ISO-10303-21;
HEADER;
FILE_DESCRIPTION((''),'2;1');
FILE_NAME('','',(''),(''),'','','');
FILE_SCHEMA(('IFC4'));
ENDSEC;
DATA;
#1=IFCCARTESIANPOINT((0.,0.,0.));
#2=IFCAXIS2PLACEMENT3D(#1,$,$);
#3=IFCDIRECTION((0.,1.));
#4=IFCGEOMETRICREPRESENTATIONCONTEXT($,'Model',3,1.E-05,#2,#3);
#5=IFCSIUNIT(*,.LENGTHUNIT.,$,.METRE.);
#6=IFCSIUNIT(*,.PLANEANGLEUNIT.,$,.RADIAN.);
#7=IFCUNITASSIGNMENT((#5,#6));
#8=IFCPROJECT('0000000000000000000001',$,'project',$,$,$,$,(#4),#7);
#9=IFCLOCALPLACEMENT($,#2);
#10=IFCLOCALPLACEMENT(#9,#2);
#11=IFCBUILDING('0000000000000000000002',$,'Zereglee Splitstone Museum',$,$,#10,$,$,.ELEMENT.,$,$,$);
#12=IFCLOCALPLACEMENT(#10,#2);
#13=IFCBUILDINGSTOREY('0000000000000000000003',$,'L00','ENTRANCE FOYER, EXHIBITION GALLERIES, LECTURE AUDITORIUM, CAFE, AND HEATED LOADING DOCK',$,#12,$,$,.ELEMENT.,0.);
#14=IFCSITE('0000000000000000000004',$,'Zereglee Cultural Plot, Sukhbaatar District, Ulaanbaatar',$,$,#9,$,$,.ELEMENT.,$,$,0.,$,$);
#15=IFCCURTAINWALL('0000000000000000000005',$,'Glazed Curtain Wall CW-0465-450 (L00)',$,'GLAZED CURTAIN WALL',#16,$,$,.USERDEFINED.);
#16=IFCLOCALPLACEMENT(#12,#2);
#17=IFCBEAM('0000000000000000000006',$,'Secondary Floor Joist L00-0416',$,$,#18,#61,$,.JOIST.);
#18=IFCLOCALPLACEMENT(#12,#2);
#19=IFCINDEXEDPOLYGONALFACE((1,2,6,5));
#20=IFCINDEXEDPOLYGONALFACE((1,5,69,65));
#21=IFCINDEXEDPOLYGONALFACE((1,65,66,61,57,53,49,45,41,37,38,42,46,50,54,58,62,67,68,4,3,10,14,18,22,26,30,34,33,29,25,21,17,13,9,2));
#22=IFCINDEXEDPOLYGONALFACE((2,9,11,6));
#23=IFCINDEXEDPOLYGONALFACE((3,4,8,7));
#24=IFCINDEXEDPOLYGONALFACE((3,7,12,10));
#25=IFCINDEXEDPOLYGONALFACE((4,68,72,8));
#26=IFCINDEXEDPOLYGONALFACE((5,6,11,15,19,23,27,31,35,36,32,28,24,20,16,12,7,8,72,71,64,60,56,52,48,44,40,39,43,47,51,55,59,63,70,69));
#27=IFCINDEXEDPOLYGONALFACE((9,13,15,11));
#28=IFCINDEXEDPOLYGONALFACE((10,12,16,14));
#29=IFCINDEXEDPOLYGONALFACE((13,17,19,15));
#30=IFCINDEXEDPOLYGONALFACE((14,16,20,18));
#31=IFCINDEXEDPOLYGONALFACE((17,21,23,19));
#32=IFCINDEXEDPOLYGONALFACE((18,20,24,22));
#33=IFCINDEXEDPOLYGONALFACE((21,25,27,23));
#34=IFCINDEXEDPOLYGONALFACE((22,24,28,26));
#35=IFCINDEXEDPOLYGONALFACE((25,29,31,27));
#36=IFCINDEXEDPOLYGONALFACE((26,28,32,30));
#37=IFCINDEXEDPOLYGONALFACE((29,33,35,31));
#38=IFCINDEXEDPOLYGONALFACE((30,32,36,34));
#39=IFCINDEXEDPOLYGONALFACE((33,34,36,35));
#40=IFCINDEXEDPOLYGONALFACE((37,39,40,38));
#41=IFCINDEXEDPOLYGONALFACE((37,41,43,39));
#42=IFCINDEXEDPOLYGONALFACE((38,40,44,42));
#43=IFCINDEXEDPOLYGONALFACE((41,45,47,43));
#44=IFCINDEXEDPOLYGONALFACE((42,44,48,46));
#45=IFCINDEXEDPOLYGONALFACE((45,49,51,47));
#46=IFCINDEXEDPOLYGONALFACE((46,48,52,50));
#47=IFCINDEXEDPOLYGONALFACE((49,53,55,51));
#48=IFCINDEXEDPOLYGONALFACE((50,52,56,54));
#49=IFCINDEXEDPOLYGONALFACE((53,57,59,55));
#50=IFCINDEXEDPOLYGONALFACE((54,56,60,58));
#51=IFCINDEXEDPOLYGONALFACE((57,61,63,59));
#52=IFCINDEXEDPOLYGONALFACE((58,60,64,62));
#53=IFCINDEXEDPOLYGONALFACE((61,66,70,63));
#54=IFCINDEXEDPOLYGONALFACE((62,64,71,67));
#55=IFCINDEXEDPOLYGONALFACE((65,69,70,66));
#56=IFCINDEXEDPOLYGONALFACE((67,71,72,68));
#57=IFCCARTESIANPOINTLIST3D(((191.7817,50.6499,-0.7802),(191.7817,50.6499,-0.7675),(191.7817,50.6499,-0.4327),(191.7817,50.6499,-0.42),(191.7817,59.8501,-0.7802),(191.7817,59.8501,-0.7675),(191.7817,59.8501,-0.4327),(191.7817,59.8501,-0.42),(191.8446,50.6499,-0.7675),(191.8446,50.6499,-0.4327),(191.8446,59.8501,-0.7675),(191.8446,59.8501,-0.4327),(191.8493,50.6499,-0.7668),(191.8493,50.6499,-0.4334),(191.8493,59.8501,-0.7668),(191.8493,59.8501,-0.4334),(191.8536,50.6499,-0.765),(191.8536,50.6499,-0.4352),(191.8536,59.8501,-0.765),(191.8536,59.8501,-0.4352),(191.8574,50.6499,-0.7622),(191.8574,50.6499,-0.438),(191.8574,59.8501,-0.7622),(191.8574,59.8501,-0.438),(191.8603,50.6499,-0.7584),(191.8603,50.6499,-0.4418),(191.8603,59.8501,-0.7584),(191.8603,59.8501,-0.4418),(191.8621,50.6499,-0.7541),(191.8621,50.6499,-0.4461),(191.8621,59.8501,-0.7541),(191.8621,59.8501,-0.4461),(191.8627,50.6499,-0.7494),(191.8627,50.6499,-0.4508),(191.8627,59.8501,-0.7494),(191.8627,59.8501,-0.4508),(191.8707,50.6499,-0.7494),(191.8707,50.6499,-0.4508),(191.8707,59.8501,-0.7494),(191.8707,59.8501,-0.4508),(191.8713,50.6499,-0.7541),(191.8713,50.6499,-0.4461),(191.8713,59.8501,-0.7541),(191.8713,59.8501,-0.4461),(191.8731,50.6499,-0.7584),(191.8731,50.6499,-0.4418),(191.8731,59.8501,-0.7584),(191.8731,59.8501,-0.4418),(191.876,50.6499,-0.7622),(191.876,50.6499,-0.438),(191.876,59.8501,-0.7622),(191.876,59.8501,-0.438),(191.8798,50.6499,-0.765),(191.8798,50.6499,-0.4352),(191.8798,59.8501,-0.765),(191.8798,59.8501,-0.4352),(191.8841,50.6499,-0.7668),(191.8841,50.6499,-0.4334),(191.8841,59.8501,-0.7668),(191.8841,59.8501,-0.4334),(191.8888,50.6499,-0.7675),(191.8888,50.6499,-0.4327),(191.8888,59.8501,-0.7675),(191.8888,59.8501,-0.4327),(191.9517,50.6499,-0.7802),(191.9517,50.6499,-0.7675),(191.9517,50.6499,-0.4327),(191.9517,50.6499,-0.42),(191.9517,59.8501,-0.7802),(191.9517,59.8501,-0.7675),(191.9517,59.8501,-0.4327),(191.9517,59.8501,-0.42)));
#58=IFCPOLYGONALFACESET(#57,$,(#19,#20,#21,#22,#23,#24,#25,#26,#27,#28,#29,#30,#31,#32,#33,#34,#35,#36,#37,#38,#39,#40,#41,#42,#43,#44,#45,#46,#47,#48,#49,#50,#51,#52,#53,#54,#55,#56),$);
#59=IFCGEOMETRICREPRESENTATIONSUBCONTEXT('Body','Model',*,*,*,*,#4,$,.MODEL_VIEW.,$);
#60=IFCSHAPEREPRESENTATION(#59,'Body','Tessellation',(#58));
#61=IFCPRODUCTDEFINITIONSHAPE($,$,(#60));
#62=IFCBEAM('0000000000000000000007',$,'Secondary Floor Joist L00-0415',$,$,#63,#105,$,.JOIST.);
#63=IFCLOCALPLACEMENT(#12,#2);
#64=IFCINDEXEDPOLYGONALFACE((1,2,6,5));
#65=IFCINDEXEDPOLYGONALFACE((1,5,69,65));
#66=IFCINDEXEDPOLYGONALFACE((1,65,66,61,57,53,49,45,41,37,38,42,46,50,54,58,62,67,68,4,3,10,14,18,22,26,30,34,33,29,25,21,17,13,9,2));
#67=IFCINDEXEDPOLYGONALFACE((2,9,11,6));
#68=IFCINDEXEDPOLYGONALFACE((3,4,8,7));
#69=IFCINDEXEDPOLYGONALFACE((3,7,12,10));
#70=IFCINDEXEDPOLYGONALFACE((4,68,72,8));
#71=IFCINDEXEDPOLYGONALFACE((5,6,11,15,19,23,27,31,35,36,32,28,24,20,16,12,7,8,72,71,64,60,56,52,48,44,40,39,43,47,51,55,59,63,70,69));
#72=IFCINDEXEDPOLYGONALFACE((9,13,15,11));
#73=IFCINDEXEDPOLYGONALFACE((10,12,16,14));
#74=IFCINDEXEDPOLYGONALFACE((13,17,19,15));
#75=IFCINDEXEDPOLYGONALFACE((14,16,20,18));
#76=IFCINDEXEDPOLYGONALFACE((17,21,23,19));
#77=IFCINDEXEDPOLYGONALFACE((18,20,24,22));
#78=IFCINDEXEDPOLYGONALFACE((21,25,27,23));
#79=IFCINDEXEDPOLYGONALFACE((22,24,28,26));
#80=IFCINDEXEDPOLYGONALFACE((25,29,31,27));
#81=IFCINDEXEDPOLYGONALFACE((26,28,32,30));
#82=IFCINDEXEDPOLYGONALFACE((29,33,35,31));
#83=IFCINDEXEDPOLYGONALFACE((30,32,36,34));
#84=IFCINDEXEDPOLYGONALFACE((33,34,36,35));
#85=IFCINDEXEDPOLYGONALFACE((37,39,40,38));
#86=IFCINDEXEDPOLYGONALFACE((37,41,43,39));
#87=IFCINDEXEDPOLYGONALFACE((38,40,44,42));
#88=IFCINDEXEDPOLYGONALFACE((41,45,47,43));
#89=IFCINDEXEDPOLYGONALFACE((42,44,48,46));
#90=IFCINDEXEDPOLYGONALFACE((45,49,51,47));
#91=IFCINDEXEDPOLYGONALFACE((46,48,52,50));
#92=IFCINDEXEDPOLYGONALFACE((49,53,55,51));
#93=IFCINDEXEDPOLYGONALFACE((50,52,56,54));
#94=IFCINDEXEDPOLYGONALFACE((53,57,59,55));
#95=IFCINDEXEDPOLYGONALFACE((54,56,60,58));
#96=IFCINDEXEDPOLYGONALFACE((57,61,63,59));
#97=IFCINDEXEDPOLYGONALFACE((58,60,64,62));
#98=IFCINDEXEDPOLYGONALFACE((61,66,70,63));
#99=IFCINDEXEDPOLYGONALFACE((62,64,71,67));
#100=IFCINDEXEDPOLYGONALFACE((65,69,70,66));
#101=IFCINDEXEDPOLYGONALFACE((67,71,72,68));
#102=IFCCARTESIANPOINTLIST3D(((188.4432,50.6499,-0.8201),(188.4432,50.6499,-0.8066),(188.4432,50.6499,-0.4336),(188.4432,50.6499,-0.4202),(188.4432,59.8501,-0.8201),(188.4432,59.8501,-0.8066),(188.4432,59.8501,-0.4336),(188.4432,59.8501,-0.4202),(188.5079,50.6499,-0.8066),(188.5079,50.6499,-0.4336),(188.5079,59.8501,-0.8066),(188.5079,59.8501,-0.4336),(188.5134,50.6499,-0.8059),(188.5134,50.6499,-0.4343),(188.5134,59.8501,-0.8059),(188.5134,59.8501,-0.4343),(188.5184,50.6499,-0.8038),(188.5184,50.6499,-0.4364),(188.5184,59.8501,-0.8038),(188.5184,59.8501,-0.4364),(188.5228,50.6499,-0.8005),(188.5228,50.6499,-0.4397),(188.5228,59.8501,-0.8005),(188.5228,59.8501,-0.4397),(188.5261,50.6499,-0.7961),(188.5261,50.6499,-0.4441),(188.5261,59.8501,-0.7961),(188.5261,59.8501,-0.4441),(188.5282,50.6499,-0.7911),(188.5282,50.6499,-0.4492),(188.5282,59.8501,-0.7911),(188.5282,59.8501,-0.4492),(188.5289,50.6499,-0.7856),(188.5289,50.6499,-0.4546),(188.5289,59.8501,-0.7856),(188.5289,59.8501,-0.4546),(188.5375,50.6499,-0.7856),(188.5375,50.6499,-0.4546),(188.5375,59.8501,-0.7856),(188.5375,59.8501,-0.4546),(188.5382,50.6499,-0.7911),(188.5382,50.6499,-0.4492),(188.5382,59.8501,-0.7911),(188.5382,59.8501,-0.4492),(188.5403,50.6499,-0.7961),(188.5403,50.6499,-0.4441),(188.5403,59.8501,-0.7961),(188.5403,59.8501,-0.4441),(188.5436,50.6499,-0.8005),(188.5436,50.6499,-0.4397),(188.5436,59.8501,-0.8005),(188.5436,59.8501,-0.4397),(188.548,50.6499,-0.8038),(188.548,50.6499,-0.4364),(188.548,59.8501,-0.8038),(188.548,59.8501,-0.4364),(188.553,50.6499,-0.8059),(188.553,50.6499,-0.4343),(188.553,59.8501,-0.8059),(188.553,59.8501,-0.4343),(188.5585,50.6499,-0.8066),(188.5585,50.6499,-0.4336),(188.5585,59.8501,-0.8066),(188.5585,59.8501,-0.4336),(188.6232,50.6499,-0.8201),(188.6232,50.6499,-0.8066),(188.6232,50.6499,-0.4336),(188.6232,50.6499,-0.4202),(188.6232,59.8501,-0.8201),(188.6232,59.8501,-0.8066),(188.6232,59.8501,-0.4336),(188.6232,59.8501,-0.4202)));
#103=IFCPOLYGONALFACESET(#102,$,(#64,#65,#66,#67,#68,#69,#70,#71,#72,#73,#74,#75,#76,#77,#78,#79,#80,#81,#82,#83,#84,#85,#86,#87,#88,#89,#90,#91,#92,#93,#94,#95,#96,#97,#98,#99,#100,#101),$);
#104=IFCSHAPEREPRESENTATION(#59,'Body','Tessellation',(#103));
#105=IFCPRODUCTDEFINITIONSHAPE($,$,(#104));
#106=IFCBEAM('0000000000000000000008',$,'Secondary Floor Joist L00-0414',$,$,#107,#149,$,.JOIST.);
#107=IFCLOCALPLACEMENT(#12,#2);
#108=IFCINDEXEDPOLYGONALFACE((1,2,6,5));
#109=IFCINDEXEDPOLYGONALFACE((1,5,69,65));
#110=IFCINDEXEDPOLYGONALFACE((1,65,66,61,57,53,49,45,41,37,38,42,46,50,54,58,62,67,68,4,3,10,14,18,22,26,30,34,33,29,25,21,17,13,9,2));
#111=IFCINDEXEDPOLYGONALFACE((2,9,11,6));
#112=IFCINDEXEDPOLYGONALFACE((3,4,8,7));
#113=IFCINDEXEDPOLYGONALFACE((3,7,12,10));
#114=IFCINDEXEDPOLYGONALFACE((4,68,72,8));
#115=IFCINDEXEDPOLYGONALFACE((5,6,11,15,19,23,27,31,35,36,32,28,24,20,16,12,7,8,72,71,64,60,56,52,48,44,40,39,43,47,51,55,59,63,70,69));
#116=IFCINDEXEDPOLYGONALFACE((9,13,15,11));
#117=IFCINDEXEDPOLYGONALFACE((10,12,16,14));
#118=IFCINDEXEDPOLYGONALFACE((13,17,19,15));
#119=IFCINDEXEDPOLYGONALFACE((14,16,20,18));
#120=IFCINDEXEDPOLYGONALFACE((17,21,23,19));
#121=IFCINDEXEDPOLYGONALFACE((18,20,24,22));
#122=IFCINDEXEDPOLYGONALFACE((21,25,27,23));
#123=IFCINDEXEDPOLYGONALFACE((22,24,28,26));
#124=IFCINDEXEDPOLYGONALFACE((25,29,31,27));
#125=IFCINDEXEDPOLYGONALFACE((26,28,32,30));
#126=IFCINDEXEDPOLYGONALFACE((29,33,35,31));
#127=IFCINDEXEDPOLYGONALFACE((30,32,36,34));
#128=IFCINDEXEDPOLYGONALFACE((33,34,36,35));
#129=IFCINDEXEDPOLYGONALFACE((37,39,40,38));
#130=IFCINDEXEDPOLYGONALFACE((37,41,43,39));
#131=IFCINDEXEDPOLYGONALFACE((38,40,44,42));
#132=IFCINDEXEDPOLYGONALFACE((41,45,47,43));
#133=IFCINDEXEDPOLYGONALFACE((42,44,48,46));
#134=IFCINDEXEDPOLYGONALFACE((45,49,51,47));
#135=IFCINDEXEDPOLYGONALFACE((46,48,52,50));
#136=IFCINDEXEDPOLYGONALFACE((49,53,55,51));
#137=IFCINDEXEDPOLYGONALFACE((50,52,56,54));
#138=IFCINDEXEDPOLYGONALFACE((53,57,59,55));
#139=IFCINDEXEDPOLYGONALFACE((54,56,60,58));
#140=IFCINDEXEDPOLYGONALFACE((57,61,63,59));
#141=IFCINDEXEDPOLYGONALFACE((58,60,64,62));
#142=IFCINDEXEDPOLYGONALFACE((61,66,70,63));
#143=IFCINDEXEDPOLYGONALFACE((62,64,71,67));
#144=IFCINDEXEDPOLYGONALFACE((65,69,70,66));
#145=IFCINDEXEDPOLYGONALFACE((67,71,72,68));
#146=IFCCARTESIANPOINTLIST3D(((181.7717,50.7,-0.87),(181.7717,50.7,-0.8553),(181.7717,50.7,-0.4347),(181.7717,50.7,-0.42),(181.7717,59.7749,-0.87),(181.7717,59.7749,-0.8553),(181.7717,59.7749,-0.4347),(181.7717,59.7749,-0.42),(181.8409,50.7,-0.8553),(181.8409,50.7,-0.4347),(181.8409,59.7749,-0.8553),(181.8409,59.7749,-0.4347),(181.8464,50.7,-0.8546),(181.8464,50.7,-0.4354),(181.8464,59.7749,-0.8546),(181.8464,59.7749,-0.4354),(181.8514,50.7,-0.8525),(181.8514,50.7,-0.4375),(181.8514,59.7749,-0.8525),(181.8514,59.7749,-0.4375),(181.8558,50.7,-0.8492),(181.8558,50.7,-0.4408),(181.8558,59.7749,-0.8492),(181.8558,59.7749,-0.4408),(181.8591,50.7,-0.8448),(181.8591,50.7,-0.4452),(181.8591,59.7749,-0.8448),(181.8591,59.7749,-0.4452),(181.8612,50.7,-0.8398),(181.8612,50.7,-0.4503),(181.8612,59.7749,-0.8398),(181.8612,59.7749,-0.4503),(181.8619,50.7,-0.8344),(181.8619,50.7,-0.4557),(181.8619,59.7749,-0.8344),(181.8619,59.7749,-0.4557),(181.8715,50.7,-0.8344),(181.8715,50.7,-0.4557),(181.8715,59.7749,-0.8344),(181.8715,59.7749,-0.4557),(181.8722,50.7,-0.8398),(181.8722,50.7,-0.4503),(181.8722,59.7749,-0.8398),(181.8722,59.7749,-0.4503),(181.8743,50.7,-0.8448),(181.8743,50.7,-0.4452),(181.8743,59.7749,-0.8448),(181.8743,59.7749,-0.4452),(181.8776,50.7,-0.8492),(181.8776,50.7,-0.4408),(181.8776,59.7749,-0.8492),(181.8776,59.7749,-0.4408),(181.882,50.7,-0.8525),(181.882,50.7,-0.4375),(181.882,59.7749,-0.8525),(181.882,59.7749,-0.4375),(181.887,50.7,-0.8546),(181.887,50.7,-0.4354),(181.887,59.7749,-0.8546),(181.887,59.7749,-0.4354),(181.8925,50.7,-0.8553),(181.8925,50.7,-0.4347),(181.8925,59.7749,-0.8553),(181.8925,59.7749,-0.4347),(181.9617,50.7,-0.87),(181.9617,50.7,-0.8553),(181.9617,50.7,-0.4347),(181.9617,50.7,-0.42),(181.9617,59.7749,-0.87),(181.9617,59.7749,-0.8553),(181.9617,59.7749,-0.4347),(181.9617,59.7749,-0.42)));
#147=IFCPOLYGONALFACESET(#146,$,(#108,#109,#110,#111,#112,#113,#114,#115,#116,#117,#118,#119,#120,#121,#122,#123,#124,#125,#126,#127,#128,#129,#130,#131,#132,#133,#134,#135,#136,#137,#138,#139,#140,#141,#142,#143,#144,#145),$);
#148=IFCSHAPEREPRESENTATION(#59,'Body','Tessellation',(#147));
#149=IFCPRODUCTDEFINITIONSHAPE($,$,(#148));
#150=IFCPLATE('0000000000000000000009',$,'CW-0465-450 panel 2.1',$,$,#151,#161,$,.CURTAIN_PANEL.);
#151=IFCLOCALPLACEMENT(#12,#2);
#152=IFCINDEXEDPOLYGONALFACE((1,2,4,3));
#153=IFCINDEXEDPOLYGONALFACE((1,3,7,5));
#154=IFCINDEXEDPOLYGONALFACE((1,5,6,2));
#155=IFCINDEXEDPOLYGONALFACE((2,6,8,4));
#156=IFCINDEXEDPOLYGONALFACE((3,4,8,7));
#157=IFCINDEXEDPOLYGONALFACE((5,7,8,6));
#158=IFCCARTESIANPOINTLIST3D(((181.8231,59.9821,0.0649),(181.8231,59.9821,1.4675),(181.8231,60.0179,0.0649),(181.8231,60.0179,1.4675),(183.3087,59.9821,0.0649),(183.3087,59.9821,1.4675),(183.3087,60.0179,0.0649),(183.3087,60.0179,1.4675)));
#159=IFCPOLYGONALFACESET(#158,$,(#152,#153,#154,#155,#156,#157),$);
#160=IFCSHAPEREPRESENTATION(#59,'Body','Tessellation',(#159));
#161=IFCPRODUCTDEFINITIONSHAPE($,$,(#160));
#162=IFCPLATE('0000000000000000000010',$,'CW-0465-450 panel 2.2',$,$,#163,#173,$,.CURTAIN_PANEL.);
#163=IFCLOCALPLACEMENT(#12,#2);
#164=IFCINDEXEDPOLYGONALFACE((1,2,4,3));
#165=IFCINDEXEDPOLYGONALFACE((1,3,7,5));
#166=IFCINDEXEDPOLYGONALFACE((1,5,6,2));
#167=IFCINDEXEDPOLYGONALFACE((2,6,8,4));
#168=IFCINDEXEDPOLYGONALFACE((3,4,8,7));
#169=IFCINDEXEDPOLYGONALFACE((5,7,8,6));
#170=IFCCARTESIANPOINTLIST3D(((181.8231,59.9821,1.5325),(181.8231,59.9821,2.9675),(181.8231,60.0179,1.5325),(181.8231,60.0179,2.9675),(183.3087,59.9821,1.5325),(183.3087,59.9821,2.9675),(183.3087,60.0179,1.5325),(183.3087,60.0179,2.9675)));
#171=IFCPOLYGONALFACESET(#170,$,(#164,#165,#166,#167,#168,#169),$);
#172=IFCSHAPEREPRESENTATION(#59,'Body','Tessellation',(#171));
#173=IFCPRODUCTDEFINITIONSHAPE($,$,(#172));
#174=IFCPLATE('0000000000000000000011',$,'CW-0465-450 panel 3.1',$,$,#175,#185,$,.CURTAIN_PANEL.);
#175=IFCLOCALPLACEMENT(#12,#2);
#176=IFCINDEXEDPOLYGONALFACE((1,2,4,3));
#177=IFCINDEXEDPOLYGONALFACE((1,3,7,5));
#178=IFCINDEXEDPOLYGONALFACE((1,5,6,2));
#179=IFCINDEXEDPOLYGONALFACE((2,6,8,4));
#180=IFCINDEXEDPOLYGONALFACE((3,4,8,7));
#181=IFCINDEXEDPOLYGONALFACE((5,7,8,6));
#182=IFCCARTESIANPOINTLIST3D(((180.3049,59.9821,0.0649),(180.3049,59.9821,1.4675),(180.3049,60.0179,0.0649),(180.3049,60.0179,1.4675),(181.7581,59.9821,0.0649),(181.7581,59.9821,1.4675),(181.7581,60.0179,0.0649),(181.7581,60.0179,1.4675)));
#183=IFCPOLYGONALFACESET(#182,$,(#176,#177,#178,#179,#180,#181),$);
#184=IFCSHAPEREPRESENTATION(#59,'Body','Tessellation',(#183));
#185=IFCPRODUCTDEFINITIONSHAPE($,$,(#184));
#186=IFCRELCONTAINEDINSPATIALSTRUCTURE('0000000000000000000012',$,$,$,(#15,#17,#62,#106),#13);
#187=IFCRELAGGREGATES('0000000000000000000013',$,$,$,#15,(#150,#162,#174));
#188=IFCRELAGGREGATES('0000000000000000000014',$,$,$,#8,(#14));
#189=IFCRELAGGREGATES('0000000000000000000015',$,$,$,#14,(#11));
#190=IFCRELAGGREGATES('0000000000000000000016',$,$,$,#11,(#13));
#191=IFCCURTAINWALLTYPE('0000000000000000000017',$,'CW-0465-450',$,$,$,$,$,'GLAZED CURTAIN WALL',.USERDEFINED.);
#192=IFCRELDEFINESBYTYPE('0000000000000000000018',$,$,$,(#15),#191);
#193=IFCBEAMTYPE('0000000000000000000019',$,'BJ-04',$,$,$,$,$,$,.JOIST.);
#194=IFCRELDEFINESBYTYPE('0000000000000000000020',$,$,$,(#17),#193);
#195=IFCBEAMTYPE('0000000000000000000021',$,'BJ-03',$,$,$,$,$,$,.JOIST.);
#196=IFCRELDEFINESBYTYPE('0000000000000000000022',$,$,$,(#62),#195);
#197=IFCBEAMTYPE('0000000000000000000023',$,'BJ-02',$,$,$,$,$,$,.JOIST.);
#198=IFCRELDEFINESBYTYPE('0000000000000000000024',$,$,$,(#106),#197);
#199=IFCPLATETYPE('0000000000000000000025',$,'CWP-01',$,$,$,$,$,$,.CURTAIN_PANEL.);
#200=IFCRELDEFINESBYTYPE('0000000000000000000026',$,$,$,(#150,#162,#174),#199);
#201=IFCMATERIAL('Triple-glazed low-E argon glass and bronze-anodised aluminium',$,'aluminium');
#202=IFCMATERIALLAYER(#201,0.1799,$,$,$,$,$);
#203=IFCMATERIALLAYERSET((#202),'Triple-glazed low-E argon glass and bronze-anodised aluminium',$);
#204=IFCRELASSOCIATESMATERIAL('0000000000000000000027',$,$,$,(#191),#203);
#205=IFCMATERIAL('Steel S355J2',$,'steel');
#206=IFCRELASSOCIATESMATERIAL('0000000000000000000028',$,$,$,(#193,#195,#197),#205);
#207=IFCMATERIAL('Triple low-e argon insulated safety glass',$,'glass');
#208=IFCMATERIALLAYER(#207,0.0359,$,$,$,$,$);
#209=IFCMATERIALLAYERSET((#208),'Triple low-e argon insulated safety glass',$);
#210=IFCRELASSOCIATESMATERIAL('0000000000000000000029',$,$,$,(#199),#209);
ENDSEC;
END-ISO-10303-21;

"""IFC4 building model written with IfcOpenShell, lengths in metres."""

from ifc_helpers import new_model, si_unit, direction, frame, origin, origin_2d, place, context, subcontext, project, spatial, rectangle, i_section, extrude, material, layer, layer_set, material_profile, profile_set, type_object, element, aggregate, save


model = new_model("IFC4")

# Units and contexts
model_context = context("Model", 3, precision=1e-05, world=origin(), true_north=direction((0.0, 1.0)))
body_context = subcontext(model_context, "Body", "Model", "MODEL_VIEW")
ifc_project = project(units=[si_unit("LENGTHUNIT", "METRE"), si_unit("PLANEANGLEUNIT", "RADIAN")], contexts=[model_context])

# Site, building, storey
site_placement = place(None, origin())
site = spatial("IfcSite", under=ifc_project, at=site_placement, Name="Zereglee Cultural Plot, Sukhbaatar District, Ulaanbaatar", CompositionType="ELEMENT", RefElevation=0.0)
building_placement = place(site_placement, origin())
building = spatial("IfcBuilding", under=site, at=building_placement, Name="Zereglee Splitstone Museum", CompositionType="ELEMENT")
storey_placement = place(building_placement, origin())
storey = spatial("IfcBuildingStorey", under=building, at=storey_placement, Name="L00", Description="ENTRANCE FOYER, EXHIBITION GALLERIES, LECTURE AUDITORIUM, CAFE, AND HEATED LOADING DOCK", CompositionType="ELEMENT", Elevation=0.0)

# Curtain wall
ifc_material_1 = material(Name="Triple-glazed low-E argon glass and bronze-anodised aluminium", Category="aluminium")
ifc_layer_1 = layer(ifc_material_1, 0.1799)
ifc_layer_set_1 = layer_set([ifc_layer_1], Name="Triple-glazed low-E argon glass and bronze-anodised aluminium")
curtain_wall_type_1 = type_object("IfcCurtainWallType", Name="CW-0465-450", ElementType="GLAZED CURTAIN WALL", PredefinedType="USERDEFINED", material=ifc_layer_set_1)
curtain_wall_1_placement = place(storey_placement, origin())
curtain_wall_1 = element("IfcCurtainWall", 1, at=curtain_wall_1_placement, inside=storey, type_object=curtain_wall_type_1, Name="Glazed Curtain Wall CW-0465-450 (L00)", ObjectType="GLAZED CURTAIN WALL", PredefinedType="USERDEFINED")

# Beams
ifc_material_2 = material(Name="Steel S355J2", Category="steel")
ifc_material_profile_1 = material_profile(ifc_material_2, i_section(OverallWidth=0.1699, OverallDepth=0.3601, WebThickness=0.0081, FlangeThickness=0.0127, FilletRadius=0.0181, at=origin_2d()), Name="IPE 360")
ifc_profile_set_1 = profile_set([ifc_material_profile_1], Name="Steel S355J2")
beam_type_1 = type_object("IfcBeamType", Name="BJ-04", PredefinedType="JOIST", material=ifc_profile_set_1)
beam_1_placement = place(storey_placement, frame((191.8667, 50.6499, -0.6001), z_axis=(0.0, 1.0, 0.0), x_axis=(-1.0, 0.0, 0.0)))
element("IfcBeam", 2, at=beam_1_placement, inside=storey, type_object=beam_type_1, Name="Secondary Floor Joist L00-0416", PredefinedType="JOIST", context=body_context, shape_type="SweptSolid", body=[
    extrude(i_section(OverallWidth=0.1699, OverallDepth=0.3601, WebThickness=0.0081, FlangeThickness=0.0127, FilletRadius=0.0181, at=origin_2d()), origin(), (0.0, 0.0, 1.0), 9.2002),
])
ifc_material_profile_2 = material_profile(ifc_material_2, i_section(OverallWidth=0.1799, OverallDepth=0.3999, WebThickness=0.0085, FlangeThickness=0.0134, FilletRadius=0.021, at=origin_2d()), Name="IPE 400")
ifc_profile_set_2 = profile_set([ifc_material_profile_2], Name="Steel S355J2")
beam_type_2 = type_object("IfcBeamType", Name="BJ-03", PredefinedType="JOIST", material=ifc_profile_set_2)
beam_2_placement = place(storey_placement, frame((188.5332, 50.6499, -0.6201), z_axis=(0.0, 1.0, 0.0), x_axis=(-1.0, 0.0, 0.0)))
element("IfcBeam", 3, at=beam_2_placement, inside=storey, type_object=beam_type_2, Name="Secondary Floor Joist L00-0415", PredefinedType="JOIST", context=body_context, shape_type="SweptSolid", body=[
    extrude(i_section(OverallWidth=0.1799, OverallDepth=0.3999, WebThickness=0.0085, FlangeThickness=0.0134, FilletRadius=0.021, at=origin_2d()), origin(), (0.0, 0.0, 1.0), 9.2002),
])
ifc_material_profile_3 = material_profile(ifc_material_2, i_section(OverallWidth=0.1899, OverallDepth=0.45, WebThickness=0.0095, FlangeThickness=0.0146, FilletRadius=0.021, at=origin_2d()), Name="IPE 450")
ifc_profile_set_3 = profile_set([ifc_material_profile_3], Name="Steel S355J2")
beam_type_3 = type_object("IfcBeamType", Name="BJ-02", PredefinedType="JOIST", material=ifc_profile_set_3)
beam_3_placement = place(storey_placement, frame((181.8667, 50.7, -0.645), z_axis=(0.0, 1.0, 0.0), x_axis=(-1.0, 0.0, 0.0)))
element("IfcBeam", 4, at=beam_3_placement, inside=storey, type_object=beam_type_3, Name="Secondary Floor Joist L00-0414", PredefinedType="JOIST", context=body_context, shape_type="SweptSolid", body=[
    extrude(i_section(OverallWidth=0.1899, OverallDepth=0.45, WebThickness=0.0095, FlangeThickness=0.0146, FilletRadius=0.021, at=origin_2d()), origin(), (0.0, 0.0, 1.0), 9.075),
])

# Plates
ifc_material_3 = material(Name="Triple low-e argon insulated safety glass", Category="glass")
ifc_layer_2 = layer(ifc_material_3, 0.0359)
ifc_layer_set_2 = layer_set([ifc_layer_2], Name="Triple low-e argon insulated safety glass")
plate_type = type_object("IfcPlateType", Name="CWP-01", PredefinedType="CURTAIN_PANEL", material=ifc_layer_set_2)
plate_1_placement = place(storey_placement, frame((182.5659, 60.0, 0.0649), z_axis=(0.0, 0.0, 1.0), x_axis=(-1.0, 0.0, 0.0)))
plate_1 = element("IfcPlate", 5, at=plate_1_placement, type_object=plate_type, Name="CW-0465-450 panel 2.1", PredefinedType="CURTAIN_PANEL", context=body_context, shape_type="SweptSolid", body=[
    extrude(rectangle(XDim=1.4856, YDim=0.0359, at=origin_2d()), origin(), (0.0, 0.0, 1.0), 1.4026),
])
plate_2_placement = place(storey_placement, frame((182.5659, 60.0, 1.5325), z_axis=(0.0, 0.0, 1.0), x_axis=(-1.0, 0.0, 0.0)))
plate_2 = element("IfcPlate", 6, at=plate_2_placement, type_object=plate_type, Name="CW-0465-450 panel 2.2", PredefinedType="CURTAIN_PANEL", context=body_context, shape_type="SweptSolid", body=[
    extrude(rectangle(XDim=1.4856, YDim=0.0359, at=origin_2d()), origin(), (0.0, 0.0, 1.0), 1.4351),
])
plate_3_placement = place(storey_placement, frame((181.0315, 60.0, 0.0649), z_axis=(0.0, 0.0, 1.0), x_axis=(-1.0, 0.0, 0.0)))
plate_3 = element("IfcPlate", 7, at=plate_3_placement, type_object=plate_type, Name="CW-0465-450 panel 3.1", PredefinedType="CURTAIN_PANEL", context=body_context, shape_type="SweptSolid", body=[
    extrude(rectangle(XDim=1.4531, YDim=0.0359, at=origin_2d()), origin(), (0.0, 0.0, 1.0), 1.4026),
])
aggregate(curtain_wall_1, [plate_1, plate_2, plate_3])

save(model, "model.ifc")
